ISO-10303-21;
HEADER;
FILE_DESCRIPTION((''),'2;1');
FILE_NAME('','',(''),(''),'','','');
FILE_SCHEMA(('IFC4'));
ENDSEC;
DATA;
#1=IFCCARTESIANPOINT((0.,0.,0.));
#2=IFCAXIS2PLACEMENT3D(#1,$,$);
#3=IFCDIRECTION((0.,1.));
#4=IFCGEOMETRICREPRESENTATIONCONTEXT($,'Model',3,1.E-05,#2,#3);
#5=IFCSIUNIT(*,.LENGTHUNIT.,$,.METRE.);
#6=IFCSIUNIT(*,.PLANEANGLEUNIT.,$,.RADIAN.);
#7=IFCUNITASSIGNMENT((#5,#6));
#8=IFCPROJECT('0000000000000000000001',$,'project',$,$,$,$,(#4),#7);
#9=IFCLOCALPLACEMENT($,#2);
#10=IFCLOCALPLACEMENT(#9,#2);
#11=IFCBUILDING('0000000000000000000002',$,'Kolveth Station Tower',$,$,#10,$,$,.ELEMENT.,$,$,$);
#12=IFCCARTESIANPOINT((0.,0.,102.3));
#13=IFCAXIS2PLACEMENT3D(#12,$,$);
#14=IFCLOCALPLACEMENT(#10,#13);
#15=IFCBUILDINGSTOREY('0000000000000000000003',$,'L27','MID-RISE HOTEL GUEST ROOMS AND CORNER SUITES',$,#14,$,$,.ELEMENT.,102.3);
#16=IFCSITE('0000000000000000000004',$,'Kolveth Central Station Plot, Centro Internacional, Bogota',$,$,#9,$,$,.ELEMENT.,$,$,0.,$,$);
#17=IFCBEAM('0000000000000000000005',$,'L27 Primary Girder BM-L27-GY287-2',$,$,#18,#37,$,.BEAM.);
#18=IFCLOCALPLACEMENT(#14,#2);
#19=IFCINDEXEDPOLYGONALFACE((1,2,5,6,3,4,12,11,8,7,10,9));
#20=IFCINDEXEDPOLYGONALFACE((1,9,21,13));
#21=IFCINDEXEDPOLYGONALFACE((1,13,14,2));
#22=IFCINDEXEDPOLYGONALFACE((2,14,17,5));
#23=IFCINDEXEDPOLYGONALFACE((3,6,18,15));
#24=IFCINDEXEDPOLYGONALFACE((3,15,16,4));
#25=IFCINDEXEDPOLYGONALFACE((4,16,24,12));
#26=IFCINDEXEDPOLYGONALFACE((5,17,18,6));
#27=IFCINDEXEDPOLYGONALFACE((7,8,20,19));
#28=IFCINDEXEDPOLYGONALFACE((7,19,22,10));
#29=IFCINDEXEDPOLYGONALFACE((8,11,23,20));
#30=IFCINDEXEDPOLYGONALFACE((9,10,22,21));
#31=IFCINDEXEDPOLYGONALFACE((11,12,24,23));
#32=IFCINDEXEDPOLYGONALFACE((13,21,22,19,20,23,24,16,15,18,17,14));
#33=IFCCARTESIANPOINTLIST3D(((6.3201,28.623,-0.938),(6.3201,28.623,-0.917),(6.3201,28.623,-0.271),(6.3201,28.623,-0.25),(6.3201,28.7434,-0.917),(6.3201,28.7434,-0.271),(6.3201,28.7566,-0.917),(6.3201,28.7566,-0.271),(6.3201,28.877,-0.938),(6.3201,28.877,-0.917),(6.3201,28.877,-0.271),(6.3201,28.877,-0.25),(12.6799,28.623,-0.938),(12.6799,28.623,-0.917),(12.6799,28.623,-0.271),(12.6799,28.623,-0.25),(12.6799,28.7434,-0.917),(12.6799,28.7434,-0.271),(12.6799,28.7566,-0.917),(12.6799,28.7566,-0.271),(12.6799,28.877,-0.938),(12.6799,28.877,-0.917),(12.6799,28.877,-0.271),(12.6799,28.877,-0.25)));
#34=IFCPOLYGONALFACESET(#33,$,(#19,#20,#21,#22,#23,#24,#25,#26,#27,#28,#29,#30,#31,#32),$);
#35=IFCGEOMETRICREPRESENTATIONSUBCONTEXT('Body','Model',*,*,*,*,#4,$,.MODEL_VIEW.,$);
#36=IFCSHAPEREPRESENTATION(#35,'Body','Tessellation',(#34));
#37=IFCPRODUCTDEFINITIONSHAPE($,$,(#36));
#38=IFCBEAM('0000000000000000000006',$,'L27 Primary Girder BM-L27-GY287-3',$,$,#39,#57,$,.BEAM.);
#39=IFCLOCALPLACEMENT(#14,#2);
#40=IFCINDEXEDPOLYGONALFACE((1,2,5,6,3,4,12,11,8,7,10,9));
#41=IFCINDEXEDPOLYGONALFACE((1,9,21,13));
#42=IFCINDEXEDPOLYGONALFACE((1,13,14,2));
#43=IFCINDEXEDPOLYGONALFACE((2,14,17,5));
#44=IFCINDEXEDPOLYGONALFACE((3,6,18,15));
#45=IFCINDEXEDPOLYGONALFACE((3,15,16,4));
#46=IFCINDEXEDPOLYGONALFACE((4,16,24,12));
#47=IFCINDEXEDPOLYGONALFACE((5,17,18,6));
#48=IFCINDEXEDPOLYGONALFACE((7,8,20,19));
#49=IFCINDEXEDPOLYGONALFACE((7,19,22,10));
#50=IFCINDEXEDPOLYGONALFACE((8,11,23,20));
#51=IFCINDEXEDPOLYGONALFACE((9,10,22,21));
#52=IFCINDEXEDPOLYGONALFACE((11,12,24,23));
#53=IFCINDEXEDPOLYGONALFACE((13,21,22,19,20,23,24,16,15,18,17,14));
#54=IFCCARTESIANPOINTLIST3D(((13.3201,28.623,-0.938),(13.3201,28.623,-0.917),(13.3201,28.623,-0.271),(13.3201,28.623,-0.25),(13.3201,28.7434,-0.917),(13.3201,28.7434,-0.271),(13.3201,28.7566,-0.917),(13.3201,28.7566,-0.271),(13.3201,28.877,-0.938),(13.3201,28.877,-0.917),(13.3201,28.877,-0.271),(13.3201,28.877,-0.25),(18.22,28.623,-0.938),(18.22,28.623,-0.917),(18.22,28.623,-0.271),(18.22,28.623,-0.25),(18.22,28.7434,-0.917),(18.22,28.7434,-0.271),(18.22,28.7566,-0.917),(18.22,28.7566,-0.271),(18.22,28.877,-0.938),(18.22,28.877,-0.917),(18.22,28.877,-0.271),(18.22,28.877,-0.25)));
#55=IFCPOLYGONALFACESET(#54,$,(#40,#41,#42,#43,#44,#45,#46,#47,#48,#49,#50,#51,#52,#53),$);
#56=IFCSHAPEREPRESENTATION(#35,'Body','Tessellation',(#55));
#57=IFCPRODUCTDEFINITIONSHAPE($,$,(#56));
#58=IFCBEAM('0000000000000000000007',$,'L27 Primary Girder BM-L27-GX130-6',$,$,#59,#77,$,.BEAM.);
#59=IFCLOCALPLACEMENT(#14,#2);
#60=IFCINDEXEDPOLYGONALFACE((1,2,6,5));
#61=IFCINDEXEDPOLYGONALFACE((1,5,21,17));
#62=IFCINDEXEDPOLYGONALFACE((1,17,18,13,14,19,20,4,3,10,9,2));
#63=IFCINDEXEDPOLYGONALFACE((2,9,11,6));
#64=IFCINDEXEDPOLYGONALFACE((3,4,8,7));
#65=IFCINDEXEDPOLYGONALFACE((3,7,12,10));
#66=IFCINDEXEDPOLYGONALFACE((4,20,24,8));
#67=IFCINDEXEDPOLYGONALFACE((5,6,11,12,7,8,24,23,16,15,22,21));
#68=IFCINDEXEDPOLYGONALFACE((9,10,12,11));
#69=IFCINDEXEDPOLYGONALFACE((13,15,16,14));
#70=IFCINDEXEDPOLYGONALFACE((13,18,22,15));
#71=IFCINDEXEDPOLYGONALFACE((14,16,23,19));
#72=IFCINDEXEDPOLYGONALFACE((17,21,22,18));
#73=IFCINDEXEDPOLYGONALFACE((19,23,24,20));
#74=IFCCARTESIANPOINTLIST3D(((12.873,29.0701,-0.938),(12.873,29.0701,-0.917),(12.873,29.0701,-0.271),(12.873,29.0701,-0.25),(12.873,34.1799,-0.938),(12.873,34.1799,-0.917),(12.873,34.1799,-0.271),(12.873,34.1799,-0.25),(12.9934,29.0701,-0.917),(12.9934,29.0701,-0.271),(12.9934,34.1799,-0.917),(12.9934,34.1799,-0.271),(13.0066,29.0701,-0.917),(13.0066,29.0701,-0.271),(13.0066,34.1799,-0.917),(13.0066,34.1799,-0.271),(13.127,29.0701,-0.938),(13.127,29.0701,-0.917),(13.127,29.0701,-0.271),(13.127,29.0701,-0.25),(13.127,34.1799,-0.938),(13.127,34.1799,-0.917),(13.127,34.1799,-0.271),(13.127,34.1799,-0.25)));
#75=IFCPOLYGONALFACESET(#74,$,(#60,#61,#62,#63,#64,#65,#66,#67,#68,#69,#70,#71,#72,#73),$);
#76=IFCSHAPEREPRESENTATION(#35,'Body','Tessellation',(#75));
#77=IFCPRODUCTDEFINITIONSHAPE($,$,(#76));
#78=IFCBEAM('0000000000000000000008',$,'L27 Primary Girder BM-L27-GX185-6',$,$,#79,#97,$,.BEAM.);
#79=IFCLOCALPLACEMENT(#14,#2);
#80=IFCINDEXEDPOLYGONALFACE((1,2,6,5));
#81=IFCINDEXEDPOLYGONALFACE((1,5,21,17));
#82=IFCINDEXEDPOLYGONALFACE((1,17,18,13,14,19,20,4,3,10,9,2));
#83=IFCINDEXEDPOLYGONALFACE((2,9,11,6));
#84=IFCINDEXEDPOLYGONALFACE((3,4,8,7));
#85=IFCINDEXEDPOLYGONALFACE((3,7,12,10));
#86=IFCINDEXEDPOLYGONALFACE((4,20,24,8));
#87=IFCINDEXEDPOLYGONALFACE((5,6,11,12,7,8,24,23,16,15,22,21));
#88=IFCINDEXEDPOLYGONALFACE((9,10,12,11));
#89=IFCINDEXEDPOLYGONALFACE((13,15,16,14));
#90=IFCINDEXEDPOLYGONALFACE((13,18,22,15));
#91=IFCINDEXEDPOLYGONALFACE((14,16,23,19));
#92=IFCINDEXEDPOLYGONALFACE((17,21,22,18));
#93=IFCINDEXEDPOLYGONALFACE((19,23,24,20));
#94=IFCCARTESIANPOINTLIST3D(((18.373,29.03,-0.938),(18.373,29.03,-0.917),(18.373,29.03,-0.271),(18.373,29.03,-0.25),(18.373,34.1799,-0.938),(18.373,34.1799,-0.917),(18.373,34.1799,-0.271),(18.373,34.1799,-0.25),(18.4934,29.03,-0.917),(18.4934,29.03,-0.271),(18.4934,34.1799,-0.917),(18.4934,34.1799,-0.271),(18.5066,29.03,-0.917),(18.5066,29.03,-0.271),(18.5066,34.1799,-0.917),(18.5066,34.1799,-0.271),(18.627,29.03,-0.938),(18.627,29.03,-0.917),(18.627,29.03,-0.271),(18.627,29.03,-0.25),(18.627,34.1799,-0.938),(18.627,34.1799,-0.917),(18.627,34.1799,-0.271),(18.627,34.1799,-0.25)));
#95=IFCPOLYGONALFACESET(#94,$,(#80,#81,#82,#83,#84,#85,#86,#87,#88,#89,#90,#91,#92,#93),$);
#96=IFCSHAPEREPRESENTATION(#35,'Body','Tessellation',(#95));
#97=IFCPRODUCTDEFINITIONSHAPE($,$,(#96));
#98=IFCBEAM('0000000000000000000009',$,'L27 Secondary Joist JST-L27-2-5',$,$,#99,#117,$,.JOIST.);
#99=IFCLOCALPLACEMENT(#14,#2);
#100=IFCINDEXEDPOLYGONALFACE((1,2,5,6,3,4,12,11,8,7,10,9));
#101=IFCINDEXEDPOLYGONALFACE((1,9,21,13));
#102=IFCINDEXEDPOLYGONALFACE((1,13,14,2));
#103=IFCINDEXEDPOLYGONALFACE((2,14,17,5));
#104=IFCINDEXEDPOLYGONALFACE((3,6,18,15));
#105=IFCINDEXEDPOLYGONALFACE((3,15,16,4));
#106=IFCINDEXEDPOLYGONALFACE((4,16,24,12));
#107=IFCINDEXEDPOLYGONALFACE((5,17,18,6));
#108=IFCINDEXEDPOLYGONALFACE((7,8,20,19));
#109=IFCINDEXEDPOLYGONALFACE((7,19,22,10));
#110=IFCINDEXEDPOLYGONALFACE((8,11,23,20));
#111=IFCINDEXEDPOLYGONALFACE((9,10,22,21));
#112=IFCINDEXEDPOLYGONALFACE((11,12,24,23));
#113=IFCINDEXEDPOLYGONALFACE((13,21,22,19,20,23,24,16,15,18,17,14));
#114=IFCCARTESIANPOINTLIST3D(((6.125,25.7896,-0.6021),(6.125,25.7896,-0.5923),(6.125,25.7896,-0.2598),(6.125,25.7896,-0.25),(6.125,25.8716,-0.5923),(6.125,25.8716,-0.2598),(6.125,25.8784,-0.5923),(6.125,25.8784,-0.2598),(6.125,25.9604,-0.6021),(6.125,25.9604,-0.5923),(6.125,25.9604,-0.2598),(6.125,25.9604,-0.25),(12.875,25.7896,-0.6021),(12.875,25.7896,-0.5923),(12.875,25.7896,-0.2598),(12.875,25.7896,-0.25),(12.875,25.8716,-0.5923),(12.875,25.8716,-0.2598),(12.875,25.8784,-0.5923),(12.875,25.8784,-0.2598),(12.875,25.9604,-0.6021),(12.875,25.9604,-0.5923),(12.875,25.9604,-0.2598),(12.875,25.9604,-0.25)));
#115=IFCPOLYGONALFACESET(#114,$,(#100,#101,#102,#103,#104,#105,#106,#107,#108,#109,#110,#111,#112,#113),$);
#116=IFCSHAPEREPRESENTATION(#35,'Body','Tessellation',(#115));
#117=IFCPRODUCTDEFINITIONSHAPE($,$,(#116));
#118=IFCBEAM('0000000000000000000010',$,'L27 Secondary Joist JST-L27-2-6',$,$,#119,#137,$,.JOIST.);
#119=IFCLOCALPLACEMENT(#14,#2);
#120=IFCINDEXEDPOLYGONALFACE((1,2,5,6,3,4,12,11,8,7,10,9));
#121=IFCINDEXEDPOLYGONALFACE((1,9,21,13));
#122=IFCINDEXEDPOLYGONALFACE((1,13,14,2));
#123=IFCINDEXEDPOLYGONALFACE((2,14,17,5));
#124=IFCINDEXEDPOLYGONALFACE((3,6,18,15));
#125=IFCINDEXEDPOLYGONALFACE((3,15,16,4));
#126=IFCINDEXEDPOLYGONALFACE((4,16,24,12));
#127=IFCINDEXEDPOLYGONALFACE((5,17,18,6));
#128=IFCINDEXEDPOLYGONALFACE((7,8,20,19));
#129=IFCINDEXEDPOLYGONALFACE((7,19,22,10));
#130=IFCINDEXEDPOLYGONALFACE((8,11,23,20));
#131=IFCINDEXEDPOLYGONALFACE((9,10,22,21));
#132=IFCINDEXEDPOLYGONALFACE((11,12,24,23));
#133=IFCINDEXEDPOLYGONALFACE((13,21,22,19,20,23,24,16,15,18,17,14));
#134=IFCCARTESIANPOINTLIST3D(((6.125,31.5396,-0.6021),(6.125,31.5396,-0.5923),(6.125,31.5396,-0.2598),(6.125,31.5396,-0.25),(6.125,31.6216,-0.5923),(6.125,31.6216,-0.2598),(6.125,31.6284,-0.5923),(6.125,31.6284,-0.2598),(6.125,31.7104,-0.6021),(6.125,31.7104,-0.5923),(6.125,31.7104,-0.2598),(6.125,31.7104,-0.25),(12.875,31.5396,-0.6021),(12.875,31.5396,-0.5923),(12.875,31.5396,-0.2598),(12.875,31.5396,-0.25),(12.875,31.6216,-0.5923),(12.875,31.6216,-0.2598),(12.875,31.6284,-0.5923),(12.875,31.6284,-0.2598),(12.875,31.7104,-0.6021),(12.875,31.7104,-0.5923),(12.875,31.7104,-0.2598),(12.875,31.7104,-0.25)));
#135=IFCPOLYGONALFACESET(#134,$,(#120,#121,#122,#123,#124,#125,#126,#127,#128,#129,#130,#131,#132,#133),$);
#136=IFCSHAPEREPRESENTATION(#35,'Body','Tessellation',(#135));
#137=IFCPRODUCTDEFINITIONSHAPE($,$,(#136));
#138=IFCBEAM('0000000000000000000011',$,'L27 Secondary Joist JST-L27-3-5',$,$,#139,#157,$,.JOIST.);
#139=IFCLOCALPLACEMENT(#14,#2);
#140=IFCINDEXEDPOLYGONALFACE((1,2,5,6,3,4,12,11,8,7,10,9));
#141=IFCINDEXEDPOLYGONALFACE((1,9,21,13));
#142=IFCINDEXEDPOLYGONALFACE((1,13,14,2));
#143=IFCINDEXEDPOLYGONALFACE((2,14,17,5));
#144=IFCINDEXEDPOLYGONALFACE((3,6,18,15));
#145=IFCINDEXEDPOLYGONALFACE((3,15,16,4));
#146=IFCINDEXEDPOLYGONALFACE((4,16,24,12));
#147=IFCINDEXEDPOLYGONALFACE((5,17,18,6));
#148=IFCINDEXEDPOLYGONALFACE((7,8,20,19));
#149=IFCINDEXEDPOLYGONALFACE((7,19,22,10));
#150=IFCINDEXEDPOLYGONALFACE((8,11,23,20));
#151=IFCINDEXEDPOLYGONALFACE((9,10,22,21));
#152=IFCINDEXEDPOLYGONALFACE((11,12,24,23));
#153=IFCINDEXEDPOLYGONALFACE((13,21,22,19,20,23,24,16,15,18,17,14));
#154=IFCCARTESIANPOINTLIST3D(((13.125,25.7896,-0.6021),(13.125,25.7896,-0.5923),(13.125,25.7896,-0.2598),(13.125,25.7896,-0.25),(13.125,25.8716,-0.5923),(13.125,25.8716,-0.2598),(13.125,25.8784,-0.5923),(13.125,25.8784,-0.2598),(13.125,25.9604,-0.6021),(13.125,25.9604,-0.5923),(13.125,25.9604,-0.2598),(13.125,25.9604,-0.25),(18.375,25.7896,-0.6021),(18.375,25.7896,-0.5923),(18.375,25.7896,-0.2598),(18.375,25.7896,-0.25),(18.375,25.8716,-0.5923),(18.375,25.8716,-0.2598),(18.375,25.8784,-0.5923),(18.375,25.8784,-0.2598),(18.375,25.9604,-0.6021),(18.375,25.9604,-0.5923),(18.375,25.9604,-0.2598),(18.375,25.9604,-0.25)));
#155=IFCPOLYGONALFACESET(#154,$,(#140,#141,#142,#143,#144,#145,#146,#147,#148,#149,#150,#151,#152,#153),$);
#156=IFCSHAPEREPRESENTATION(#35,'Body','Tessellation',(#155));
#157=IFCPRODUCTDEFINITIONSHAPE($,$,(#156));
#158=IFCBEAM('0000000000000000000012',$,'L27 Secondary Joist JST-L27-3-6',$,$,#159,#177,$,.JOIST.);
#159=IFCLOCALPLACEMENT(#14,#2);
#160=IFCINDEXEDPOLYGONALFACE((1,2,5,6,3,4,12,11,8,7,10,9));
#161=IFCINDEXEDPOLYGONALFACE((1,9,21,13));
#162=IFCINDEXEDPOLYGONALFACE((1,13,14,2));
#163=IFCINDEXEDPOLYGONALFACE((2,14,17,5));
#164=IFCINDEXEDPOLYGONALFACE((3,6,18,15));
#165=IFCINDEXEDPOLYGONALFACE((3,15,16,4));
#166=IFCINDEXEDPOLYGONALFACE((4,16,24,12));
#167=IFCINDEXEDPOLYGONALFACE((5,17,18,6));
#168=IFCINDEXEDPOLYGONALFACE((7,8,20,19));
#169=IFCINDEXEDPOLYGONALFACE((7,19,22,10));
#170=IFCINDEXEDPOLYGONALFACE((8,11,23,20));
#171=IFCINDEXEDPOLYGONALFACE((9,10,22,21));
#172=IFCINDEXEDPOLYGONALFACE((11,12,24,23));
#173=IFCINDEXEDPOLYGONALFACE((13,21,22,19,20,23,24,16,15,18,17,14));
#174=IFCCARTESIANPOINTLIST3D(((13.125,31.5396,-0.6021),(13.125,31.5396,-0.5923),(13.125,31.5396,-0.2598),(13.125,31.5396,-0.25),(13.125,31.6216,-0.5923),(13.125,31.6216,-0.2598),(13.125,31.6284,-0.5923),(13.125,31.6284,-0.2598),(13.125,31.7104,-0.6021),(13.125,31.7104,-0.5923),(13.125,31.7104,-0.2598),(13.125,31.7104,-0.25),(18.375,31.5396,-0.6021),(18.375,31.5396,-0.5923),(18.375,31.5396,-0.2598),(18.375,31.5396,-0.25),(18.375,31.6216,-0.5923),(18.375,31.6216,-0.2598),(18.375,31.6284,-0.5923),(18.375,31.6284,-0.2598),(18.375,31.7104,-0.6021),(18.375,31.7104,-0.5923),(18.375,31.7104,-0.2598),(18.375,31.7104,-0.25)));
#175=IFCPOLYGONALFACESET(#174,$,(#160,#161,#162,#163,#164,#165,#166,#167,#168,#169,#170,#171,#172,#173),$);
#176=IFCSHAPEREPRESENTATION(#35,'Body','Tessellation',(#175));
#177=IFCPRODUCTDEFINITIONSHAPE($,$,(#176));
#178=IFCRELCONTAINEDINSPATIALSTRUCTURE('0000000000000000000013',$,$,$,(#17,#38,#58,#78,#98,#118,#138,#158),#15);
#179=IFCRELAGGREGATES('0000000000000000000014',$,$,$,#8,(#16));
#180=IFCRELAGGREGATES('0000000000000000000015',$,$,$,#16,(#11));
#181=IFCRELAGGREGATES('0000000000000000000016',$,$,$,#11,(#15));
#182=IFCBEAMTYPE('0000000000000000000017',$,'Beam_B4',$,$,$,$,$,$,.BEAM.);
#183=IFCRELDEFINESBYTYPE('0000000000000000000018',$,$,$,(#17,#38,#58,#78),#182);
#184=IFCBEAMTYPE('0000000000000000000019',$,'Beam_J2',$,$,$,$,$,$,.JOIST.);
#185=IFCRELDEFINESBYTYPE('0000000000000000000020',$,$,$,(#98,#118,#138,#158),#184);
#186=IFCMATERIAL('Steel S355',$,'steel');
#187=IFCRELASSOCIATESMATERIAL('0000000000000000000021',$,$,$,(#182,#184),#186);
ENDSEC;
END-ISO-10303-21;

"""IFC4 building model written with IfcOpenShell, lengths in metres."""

from ifc_helpers import new_model, si_unit, direction, frame, origin, origin_2d, place, context, subcontext, project, spatial, i_section, extrude, source, transform, mapped, material, material_profile, profile_set, type_object, element, save


model = new_model("IFC4")

# Units and contexts
model_context = context("Model", 3, precision=1e-05, world=origin(), true_north=direction((0.0, 1.0)))
body_context = subcontext(model_context, "Body", "Model", "MODEL_VIEW")
ifc_project = project(units=[si_unit("LENGTHUNIT", "METRE"), si_unit("PLANEANGLEUNIT", "RADIAN")], contexts=[model_context])

# Site, building, storey
site_placement = place(None, origin())
site = spatial("IfcSite", under=ifc_project, at=site_placement, Name="Kolveth Central Station Plot, Centro Internacional, Bogota", CompositionType="ELEMENT", RefElevation=0.0)
building_placement = place(site_placement, origin())
building = spatial("IfcBuilding", under=site, at=building_placement, Name="Kolveth Station Tower", CompositionType="ELEMENT")
storey_placement = place(building_placement, frame((0.0, 0.0, 102.3)))
storey = spatial("IfcBuildingStorey", under=building, at=storey_placement, Name="L27", Description="MID-RISE HOTEL GUEST ROOMS AND CORNER SUITES", CompositionType="ELEMENT", Elevation=102.3)

# Shared definitions
ifc_material_1 = material(Name="Steel S355", Category="steel")

# Beams
ifc_material_profile_1 = material_profile(ifc_material_1, i_section(OverallWidth=0.2539, OverallDepth=0.688, WebThickness=0.0132, FlangeThickness=0.021, at=origin_2d()), Name="W690x152")
ifc_profile_set_1 = profile_set([ifc_material_profile_1], Name="Steel S355")
beam_type_1 = type_object("IfcBeamType", Name="Beam_B4", PredefinedType="BEAM", material=ifc_profile_set_1)
shared_shape_1 = source(origin(), body_context, "Body", "SweptSolid", [
    extrude(i_section(OverallWidth=0.2539, OverallDepth=0.688, WebThickness=0.0132, FlangeThickness=0.021, at=origin_2d()), origin(), (0.0, 0.0, 1.0), 6.3599),
])
beam_1_placement = place(storey_placement, frame((6.3201, 28.75, -0.594), z_axis=(1.0, 0.0, 0.0), x_axis=(0.0, 1.0, 0.0)))
element("IfcBeam", 1, at=beam_1_placement, inside=storey, type_object=beam_type_1, Name="L27 Primary Girder BM-L27-GY287-2", PredefinedType="BEAM", context=body_context, shape_type="MappedRepresentation", body=[
    mapped(shared_shape_1, transform((0.0, 0.0, 0.0), x_axis=(1.0, 0.0, 0.0), y_axis=(0.0, 1.0, 0.0), z_axis=(0.0, 0.0, 1.0), scale=1.0)),
])
shared_shape_2 = source(origin(), body_context, "Body", "SweptSolid", [
    extrude(i_section(OverallWidth=0.2539, OverallDepth=0.688, WebThickness=0.0132, FlangeThickness=0.021, at=origin_2d()), origin(), (0.0, 0.0, 1.0), 4.8999),
])
beam_2_placement = place(storey_placement, frame((13.3201, 28.75, -0.594), z_axis=(1.0, 0.0, 0.0), x_axis=(0.0, 1.0, 0.0)))
element("IfcBeam", 2, at=beam_2_placement, inside=storey, type_object=beam_type_1, Name="L27 Primary Girder BM-L27-GY287-3", PredefinedType="BEAM", context=body_context, shape_type="MappedRepresentation", body=[
    mapped(shared_shape_2, transform((0.0, 0.0, 0.0), x_axis=(1.0, 0.0, 0.0), y_axis=(0.0, 1.0, 0.0), z_axis=(0.0, 0.0, 1.0), scale=1.0)),
])
shared_shape_3 = source(origin(), body_context, "Body", "SweptSolid", [
    extrude(i_section(OverallWidth=0.2539, OverallDepth=0.688, WebThickness=0.0132, FlangeThickness=0.021, at=origin_2d()), origin(), (0.0, 0.0, 1.0), 5.1099),
])
beam_3_placement = place(storey_placement, frame((13.0, 29.0701, -0.594), z_axis=(0.0, 1.0, 0.0), x_axis=(-1.0, 0.0, 0.0)))
element("IfcBeam", 3, at=beam_3_placement, inside=storey, type_object=beam_type_1, Name="L27 Primary Girder BM-L27-GX130-6", PredefinedType="BEAM", context=body_context, shape_type="MappedRepresentation", body=[
    mapped(shared_shape_3, transform((0.0, 0.0, 0.0), x_axis=(1.0, 0.0, 0.0), y_axis=(0.0, 1.0, 0.0), z_axis=(0.0, 0.0, 1.0), scale=1.0)),
])
shared_shape_4 = source(origin(), body_context, "Body", "SweptSolid", [
    extrude(i_section(OverallWidth=0.2539, OverallDepth=0.688, WebThickness=0.0132, FlangeThickness=0.021, at=origin_2d()), origin(), (0.0, 0.0, 1.0), 5.1499),
])
beam_4_placement = place(storey_placement, frame((18.5, 29.03, -0.594), z_axis=(0.0, 1.0, 0.0), x_axis=(-1.0, 0.0, 0.0)))
element("IfcBeam", 4, at=beam_4_placement, inside=storey, type_object=beam_type_1, Name="L27 Primary Girder BM-L27-GX185-6", PredefinedType="BEAM", context=body_context, shape_type="MappedRepresentation", body=[
    mapped(shared_shape_4, transform((0.0, 0.0, 0.0), x_axis=(1.0, 0.0, 0.0), y_axis=(0.0, 1.0, 0.0), z_axis=(0.0, 0.0, 1.0), scale=1.0)),
])
ifc_material_profile_2 = material_profile(ifc_material_1, i_section(OverallWidth=0.1709, OverallDepth=0.3521, WebThickness=0.0068, FlangeThickness=0.0098, at=origin_2d()), Name="W360x44")
ifc_profile_set_2 = profile_set([ifc_material_profile_2], Name="Steel S355")
beam_type_2 = type_object("IfcBeamType", Name="Beam_J2", PredefinedType="JOIST", material=ifc_profile_set_2)
shared_shape_5 = source(origin(), body_context, "Body", "SweptSolid", [
    extrude(i_section(OverallWidth=0.1709, OverallDepth=0.3521, WebThickness=0.0068, FlangeThickness=0.0098, at=origin_2d()), origin(), (0.0, 0.0, 1.0), 6.75),
])
for number, where, z_axis, x_axis, name in (
    (5, (6.125, 25.875, -0.426), (1.0, 0.0, 0.0), (0.0, 1.0, 0.0), "L27 Secondary Joist JST-L27-2-5"),
    (6, (6.125, 31.625, -0.426), (1.0, 0.0, 0.0), (0.0, 1.0, 0.0), "L27 Secondary Joist JST-L27-2-6"),
):
    element("IfcBeam", number, at=place(storey_placement, frame(where, z_axis=z_axis, x_axis=x_axis)), inside=storey, type_object=beam_type_2, Name=name, PredefinedType="JOIST", context=body_context, shape_type="MappedRepresentation", body=[
        mapped(shared_shape_5, transform((0.0, 0.0, 0.0), x_axis=(1.0, 0.0, 0.0), y_axis=(0.0, 1.0, 0.0), z_axis=(0.0, 0.0, 1.0), scale=1.0)),
    ])
shared_shape_6 = source(origin(), body_context, "Body", "SweptSolid", [
    extrude(i_section(OverallWidth=0.1709, OverallDepth=0.3521, WebThickness=0.0068, FlangeThickness=0.0098, at=origin_2d()), origin(), (0.0, 0.0, 1.0), 5.25),
])
for number, where, z_axis, x_axis, name in (
    (7, (13.125, 25.875, -0.426), (1.0, 0.0, 0.0), (0.0, 1.0, 0.0), "L27 Secondary Joist JST-L27-3-5"),
    (8, (13.125, 31.625, -0.426), (1.0, 0.0, 0.0), (0.0, 1.0, 0.0), "L27 Secondary Joist JST-L27-3-6"),
):
    element("IfcBeam", number, at=place(storey_placement, frame(where, z_axis=z_axis, x_axis=x_axis)), inside=storey, type_object=beam_type_2, Name=name, PredefinedType="JOIST", context=body_context, shape_type="MappedRepresentation", body=[
        mapped(shared_shape_6, transform((0.0, 0.0, 0.0), x_axis=(1.0, 0.0, 0.0), y_axis=(0.0, 1.0, 0.0), z_axis=(0.0, 0.0, 1.0), scale=1.0)),
    ])

save(model, "model.ifc")
